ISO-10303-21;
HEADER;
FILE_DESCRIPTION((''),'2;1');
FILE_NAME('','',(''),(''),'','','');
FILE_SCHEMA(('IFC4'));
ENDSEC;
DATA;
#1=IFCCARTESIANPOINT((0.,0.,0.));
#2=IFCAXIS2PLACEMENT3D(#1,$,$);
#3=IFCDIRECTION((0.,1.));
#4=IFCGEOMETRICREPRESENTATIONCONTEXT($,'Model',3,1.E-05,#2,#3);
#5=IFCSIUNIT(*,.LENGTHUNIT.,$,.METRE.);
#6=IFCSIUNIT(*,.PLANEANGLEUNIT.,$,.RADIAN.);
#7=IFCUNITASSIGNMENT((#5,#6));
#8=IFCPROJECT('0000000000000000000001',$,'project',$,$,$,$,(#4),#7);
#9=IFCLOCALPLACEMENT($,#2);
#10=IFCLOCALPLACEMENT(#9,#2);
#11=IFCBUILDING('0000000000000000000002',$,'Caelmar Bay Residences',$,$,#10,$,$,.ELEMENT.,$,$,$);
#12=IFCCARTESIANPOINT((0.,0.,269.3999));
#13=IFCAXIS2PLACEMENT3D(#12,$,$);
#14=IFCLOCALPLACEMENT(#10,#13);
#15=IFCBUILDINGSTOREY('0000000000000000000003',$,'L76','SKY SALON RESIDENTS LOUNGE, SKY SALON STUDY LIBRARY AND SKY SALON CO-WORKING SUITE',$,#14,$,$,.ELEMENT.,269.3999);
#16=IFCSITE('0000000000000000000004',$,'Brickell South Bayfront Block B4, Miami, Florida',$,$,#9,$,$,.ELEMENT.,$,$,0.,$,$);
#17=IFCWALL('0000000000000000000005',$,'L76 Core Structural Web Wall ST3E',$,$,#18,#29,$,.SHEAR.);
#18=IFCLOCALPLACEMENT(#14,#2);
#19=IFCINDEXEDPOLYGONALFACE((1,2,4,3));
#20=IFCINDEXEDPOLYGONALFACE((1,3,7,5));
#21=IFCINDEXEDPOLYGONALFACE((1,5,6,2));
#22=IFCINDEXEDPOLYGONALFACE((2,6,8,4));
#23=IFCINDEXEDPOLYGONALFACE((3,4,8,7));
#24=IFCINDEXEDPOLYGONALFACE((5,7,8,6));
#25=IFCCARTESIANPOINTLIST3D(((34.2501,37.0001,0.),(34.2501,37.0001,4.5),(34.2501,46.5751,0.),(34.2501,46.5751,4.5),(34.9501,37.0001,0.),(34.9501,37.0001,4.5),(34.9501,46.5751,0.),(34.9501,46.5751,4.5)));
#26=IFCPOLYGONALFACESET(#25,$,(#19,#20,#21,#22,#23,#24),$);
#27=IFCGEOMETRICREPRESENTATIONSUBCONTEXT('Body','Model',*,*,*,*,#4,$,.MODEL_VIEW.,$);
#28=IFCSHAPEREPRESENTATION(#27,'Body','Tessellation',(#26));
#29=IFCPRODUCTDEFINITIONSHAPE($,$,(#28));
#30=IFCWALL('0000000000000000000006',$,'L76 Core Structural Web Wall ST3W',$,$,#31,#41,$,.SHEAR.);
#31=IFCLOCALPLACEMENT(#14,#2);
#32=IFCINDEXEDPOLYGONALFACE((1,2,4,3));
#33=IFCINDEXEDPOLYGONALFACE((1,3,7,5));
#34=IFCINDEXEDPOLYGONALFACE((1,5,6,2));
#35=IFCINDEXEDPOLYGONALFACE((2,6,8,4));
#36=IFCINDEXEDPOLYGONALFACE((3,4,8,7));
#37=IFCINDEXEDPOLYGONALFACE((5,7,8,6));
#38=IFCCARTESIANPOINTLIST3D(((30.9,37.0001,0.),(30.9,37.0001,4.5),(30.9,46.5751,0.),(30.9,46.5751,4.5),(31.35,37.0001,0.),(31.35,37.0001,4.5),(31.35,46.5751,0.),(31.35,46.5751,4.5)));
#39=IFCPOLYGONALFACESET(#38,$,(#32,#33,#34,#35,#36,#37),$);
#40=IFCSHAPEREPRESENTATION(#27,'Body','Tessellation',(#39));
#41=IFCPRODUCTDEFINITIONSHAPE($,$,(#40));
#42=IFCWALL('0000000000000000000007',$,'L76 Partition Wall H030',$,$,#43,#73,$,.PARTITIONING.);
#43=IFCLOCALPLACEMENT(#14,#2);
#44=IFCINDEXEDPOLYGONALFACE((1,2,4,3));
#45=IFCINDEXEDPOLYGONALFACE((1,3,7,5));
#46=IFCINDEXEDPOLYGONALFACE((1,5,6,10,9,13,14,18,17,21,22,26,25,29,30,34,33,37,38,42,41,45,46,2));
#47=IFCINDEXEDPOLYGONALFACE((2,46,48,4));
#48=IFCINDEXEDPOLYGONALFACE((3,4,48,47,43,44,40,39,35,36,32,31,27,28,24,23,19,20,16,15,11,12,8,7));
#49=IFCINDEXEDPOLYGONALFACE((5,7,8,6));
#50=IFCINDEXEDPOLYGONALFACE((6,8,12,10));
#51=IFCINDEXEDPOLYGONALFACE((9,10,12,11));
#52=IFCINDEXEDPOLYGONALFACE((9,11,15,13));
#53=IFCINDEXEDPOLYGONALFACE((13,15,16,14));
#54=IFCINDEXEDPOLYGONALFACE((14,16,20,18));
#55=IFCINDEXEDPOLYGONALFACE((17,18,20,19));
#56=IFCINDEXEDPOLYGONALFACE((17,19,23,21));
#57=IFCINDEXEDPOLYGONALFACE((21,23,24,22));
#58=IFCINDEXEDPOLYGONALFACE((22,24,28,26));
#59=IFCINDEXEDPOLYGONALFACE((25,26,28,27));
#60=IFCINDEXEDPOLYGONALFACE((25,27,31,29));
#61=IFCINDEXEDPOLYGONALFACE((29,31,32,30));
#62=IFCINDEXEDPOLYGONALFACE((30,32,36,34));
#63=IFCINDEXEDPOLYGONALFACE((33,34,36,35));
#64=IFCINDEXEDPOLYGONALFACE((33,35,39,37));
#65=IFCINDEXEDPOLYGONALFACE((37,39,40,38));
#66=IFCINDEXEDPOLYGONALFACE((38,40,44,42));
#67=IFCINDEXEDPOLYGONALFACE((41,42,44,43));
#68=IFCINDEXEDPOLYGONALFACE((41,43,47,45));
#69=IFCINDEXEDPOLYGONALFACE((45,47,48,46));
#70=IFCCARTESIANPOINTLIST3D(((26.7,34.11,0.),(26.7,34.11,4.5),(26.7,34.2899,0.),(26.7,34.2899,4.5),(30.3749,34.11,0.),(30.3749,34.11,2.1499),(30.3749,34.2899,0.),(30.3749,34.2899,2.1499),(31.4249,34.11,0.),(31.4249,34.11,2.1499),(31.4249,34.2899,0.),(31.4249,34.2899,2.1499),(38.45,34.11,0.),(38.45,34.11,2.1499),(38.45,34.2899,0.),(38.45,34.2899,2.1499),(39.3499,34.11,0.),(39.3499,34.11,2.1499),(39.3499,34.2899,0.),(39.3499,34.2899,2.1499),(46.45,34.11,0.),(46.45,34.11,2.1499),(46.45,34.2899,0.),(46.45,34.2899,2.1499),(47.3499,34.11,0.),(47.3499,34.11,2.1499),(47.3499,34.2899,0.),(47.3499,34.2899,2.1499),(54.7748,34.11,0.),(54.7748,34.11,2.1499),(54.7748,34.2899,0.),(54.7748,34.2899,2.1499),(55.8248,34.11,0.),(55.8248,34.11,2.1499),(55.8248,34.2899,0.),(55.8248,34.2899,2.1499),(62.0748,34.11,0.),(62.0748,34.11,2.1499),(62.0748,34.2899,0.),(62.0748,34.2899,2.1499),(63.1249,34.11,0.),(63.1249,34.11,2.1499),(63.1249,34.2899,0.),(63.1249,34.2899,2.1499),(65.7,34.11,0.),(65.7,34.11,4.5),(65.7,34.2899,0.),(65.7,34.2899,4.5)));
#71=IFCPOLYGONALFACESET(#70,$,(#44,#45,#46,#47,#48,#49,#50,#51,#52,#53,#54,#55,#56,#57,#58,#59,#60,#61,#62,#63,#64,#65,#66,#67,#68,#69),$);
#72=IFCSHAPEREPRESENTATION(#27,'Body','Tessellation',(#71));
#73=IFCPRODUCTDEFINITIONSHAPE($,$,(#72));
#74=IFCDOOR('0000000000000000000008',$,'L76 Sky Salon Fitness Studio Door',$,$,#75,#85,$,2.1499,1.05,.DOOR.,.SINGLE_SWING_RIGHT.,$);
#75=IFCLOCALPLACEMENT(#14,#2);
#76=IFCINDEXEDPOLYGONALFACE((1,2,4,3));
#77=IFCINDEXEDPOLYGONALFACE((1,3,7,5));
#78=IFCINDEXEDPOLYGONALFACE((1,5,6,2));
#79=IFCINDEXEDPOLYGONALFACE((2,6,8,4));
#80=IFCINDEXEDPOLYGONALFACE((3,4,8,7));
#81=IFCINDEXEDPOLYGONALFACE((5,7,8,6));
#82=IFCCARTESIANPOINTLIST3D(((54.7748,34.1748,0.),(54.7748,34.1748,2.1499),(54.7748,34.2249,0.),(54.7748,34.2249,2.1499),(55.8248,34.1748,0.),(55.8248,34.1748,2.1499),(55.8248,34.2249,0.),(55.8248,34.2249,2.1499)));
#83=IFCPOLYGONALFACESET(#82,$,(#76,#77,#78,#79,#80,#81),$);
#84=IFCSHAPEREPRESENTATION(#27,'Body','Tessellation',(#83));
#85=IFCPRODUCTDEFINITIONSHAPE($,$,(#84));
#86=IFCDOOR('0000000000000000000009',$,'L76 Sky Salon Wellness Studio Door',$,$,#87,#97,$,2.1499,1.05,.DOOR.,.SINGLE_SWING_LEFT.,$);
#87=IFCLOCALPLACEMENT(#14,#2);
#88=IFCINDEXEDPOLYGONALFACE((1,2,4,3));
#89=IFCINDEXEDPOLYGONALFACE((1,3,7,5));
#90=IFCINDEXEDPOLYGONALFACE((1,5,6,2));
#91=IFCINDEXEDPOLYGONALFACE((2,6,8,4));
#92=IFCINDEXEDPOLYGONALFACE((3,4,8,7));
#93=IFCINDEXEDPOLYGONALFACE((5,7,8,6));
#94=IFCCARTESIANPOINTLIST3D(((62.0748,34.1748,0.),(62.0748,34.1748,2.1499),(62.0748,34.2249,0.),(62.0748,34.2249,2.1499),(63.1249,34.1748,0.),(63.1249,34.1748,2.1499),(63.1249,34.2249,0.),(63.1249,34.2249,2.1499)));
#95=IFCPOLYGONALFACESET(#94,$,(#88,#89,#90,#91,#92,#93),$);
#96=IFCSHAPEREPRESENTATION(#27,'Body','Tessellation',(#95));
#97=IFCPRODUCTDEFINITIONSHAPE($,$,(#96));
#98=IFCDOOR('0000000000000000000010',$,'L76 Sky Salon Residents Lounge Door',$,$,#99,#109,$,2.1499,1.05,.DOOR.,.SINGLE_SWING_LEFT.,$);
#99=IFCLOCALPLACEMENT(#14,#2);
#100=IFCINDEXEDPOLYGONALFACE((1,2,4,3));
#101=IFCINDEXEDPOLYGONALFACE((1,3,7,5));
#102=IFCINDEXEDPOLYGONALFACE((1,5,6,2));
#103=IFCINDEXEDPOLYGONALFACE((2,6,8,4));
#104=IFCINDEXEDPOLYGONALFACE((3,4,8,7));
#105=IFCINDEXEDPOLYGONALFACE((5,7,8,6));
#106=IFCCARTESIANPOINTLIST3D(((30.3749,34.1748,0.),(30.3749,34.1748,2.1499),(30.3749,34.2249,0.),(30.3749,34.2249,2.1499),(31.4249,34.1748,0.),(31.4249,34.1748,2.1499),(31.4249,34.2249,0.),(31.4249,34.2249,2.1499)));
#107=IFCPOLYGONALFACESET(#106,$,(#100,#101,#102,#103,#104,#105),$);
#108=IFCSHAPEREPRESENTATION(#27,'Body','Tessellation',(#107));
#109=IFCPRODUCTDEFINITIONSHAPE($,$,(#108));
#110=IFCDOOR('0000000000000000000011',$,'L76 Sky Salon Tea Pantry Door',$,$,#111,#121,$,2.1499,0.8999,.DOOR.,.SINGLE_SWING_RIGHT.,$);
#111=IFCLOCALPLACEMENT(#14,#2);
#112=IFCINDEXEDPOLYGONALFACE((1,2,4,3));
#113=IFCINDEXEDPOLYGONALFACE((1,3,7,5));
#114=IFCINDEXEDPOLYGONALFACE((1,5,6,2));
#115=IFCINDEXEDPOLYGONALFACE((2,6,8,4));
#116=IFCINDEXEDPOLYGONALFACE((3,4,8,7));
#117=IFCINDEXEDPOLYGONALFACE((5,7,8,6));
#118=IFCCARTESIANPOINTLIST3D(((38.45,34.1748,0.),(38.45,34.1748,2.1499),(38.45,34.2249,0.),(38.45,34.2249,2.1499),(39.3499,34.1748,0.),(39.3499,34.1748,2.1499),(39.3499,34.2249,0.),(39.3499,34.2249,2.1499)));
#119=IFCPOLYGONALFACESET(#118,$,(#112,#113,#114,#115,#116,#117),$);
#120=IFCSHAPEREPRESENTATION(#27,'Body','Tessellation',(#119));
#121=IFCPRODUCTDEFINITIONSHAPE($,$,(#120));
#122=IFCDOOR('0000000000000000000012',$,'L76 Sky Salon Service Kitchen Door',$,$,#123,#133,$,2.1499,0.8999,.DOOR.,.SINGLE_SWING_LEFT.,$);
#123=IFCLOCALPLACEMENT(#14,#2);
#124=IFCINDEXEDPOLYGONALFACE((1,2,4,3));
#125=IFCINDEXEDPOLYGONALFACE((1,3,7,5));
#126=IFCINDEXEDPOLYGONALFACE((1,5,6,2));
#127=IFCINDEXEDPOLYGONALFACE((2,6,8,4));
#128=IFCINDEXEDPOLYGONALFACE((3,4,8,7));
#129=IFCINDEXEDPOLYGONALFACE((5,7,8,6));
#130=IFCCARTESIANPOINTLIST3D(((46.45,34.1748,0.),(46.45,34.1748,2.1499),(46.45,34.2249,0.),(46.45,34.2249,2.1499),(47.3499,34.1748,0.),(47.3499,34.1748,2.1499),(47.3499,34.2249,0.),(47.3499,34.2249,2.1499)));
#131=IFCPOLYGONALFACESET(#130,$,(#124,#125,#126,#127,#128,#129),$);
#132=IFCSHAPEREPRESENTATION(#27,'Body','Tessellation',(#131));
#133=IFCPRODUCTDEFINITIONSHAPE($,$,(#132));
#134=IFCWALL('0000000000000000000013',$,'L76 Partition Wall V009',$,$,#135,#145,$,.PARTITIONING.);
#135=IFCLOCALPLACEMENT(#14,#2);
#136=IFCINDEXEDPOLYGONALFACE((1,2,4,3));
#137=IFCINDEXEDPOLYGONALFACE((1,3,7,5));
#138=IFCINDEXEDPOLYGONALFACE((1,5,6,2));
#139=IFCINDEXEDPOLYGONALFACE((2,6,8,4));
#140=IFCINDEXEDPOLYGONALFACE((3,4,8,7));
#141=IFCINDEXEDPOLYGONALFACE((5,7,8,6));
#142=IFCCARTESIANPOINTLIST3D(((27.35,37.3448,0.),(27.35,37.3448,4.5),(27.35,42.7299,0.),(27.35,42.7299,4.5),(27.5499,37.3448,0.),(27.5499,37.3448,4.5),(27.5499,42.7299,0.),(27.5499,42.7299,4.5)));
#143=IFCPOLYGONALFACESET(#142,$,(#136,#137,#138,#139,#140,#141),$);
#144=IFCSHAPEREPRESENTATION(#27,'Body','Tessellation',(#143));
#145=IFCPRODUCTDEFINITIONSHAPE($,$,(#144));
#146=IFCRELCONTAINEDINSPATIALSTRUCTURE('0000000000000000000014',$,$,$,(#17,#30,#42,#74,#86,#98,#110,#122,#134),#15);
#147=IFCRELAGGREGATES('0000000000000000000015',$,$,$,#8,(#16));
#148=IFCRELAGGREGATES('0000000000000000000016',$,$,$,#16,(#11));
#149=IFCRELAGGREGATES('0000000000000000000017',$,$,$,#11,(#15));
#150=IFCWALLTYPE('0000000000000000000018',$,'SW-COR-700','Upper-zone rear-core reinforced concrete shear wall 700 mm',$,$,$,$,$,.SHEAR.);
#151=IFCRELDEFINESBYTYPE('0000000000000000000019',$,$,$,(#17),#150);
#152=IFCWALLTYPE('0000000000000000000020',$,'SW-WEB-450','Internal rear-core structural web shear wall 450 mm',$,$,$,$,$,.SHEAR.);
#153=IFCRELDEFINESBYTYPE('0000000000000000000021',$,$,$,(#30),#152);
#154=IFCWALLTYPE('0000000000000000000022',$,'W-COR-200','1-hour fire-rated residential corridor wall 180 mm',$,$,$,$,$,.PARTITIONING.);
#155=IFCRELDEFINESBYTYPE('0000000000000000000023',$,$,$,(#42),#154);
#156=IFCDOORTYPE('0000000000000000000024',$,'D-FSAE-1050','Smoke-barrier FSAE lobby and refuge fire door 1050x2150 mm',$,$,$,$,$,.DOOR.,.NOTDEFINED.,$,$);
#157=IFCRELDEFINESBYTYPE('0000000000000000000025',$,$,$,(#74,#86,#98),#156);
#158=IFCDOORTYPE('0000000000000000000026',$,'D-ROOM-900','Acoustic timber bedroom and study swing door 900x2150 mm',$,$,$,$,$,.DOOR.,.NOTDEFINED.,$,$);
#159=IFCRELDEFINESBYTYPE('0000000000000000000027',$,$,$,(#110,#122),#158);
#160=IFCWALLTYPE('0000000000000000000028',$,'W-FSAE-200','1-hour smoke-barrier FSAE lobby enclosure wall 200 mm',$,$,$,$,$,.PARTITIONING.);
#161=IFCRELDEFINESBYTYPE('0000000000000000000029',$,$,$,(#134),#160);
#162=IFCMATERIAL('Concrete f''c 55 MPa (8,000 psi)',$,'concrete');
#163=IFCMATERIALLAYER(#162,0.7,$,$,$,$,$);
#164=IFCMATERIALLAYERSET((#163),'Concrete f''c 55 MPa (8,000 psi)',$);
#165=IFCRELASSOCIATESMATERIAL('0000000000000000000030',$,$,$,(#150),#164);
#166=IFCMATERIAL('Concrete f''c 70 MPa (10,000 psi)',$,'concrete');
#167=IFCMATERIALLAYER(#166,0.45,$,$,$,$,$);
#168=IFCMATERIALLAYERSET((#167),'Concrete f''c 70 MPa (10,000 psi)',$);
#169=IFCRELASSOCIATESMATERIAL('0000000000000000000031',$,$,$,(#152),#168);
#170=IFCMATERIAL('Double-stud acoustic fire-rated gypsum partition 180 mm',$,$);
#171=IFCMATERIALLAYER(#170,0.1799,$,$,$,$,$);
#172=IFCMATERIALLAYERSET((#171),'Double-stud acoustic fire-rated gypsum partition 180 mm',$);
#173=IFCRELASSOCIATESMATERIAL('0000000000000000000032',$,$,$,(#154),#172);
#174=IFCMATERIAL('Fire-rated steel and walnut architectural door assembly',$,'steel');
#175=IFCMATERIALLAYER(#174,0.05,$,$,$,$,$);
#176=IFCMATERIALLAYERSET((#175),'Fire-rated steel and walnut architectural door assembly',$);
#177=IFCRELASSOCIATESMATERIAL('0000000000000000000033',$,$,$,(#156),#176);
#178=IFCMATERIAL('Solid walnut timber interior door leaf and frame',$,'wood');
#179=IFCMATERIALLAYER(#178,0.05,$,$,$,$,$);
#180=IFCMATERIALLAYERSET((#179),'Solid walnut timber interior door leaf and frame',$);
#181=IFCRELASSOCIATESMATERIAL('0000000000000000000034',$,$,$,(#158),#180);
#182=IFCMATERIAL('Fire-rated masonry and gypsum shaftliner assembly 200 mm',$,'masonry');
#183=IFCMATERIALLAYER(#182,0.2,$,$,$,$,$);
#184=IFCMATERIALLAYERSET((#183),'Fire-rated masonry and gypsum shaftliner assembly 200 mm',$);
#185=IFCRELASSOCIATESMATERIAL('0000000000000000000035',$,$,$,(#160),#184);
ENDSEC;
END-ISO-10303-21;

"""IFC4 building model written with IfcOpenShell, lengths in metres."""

from ifc_helpers import new_model, si_unit, direction, frame, frame_2d, origin, place, context, subcontext, project, spatial, rectangle, extrude, material, layer, layer_set, type_object, element, fill, save


model = new_model("IFC4")

# Units and contexts
model_context = context("Model", 3, precision=1e-05, world=origin(), true_north=direction((0.0, 1.0)))
body_context = subcontext(model_context, "Body", "Model", "MODEL_VIEW")
ifc_project = project(units=[si_unit("LENGTHUNIT", "METRE"), si_unit("PLANEANGLEUNIT", "RADIAN")], contexts=[model_context])

# Site, building, storey
site_placement = place(None, origin())
site = spatial("IfcSite", under=ifc_project, at=site_placement, Name="Brickell South Bayfront Block B4, Miami, Florida", CompositionType="ELEMENT", RefElevation=0.0)
building_placement = place(site_placement, origin())
building = spatial("IfcBuilding", under=site, at=building_placement, Name="Caelmar Bay Residences", CompositionType="ELEMENT")
storey_placement = place(building_placement, frame((0.0, 0.0, 269.3999)))
storey = spatial("IfcBuildingStorey", under=building, at=storey_placement, Name="L76", Description="SKY SALON RESIDENTS LOUNGE, SKY SALON STUDY LIBRARY AND SKY SALON CO-WORKING SUITE", CompositionType="ELEMENT", Elevation=269.3999)

# Walls
ifc_material_1 = material(Name="Concrete f'c 55 MPa (8,000 psi)", Category="concrete")
ifc_layer_1 = layer(ifc_material_1, 0.7)
ifc_layer_set_1 = layer_set([ifc_layer_1], Name="Concrete f'c 55 MPa (8,000 psi)")
wall_type_1 = type_object("IfcWallType", Name="SW-COR-700", Description="Upper-zone rear-core reinforced concrete shear wall 700 mm", PredefinedType="SHEAR", material=ifc_layer_set_1)
wall_1_placement = place(storey_placement, frame((34.6001, 37.0, 0.0), z_axis=(0.0, 0.0, 1.0), x_axis=(0.0, 1.0, 0.0)))
element("IfcWall", 1, at=wall_1_placement, inside=storey, type_object=wall_type_1, Name="L76 Core Structural Web Wall ST3E", PredefinedType="SHEAR", context=body_context, shape_type="SweptSolid", body=[
    extrude(rectangle(XDim=9.575, YDim=0.7, at=frame_2d((4.7876, 0.0))), origin(), (0.0, 0.0, 1.0), 4.5),
])
ifc_material_2 = material(Name="Concrete f'c 70 MPa (10,000 psi)", Category="concrete")
ifc_layer_2 = layer(ifc_material_2, 0.45)
ifc_layer_set_2 = layer_set([ifc_layer_2], Name="Concrete f'c 70 MPa (10,000 psi)")
wall_type_2 = type_object("IfcWallType", Name="SW-WEB-450", Description="Internal rear-core structural web shear wall 450 mm", PredefinedType="SHEAR", material=ifc_layer_set_2)
wall_2_placement = place(storey_placement, frame((31.125, 37.0, 0.0), z_axis=(0.0, 0.0, 1.0), x_axis=(0.0, 1.0, 0.0)))
element("IfcWall", 2, at=wall_2_placement, inside=storey, type_object=wall_type_2, Name="L76 Core Structural Web Wall ST3W", PredefinedType="SHEAR", context=body_context, shape_type="SweptSolid", body=[
    extrude(rectangle(XDim=9.575, YDim=0.45, at=frame_2d((4.7876, 0.0))), origin(), (0.0, 0.0, 1.0), 4.5),
])

# Wall, openings, doors
ifc_material_3 = material(Name="Double-stud acoustic fire-rated gypsum partition 180 mm")
ifc_layer_3 = layer(ifc_material_3, 0.1799)
ifc_layer_set_3 = layer_set([ifc_layer_3], Name="Double-stud acoustic fire-rated gypsum partition 180 mm")
wall_type_3 = type_object("IfcWallType", Name="W-COR-200", Description="1-hour fire-rated residential corridor wall 180 mm", PredefinedType="PARTITIONING", material=ifc_layer_set_3)
wall_3_placement = place(storey_placement, frame((26.7, 34.2, 0.0), z_axis=(0.0, 0.0, 1.0), x_axis=(1.0, 0.0, 0.0)))
wall_3 = element("IfcWall", 3, at=wall_3_placement, inside=storey, type_object=wall_type_3, Name="L76 Partition Wall H030", PredefinedType="PARTITIONING", context=body_context, shape_type="SweptSolid", body=[
    extrude(rectangle(XDim=39.0, YDim=0.1799, at=frame_2d((19.5, 0.0))), origin(), (0.0, 0.0, 1.0), 4.5),
])
opening_1_placement = place(wall_3_placement, frame((28.075, 0.0, 0.0)))
opening_1 = element("IfcOpeningElement", 4, at=opening_1_placement, cuts=wall_3, PredefinedType="OPENING", context=body_context, shape_type="SweptSolid", body=[
    extrude(rectangle(XDim=1.05, YDim=2.1499, at=frame_2d((0.5249, 1.075))), frame((0.0, 0.0999, 0.0), z_axis=(0.0, -1.0, 0.0), x_axis=(1.0, 0.0, 0.0)), (0.0, 0.0, 1.0), 0.2),
])
opening_2_placement = place(wall_3_placement, frame((35.375, 0.0, 0.0)))
opening_2 = element("IfcOpeningElement", 5, at=opening_2_placement, cuts=wall_3, PredefinedType="OPENING", context=body_context, shape_type="SweptSolid", body=[
    extrude(rectangle(XDim=1.05, YDim=2.1499, at=frame_2d((0.5249, 1.075))), frame((0.0, 0.0999, 0.0), z_axis=(0.0, -1.0, 0.0), x_axis=(1.0, 0.0, 0.0)), (0.0, 0.0, 1.0), 0.2),
])
opening_3_placement = place(wall_3_placement, frame((3.675, 0.0, 0.0)))
opening_3 = element("IfcOpeningElement", 6, at=opening_3_placement, cuts=wall_3, PredefinedType="OPENING", context=body_context, shape_type="SweptSolid", body=[
    extrude(rectangle(XDim=1.05, YDim=2.1499, at=frame_2d((0.5249, 1.075))), frame((0.0, 0.0999, 0.0), z_axis=(0.0, -1.0, 0.0), x_axis=(1.0, 0.0, 0.0)), (0.0, 0.0, 1.0), 0.2),
])
opening_4_placement = place(wall_3_placement, frame((11.75, 0.0, 0.0)))
opening_4 = element("IfcOpeningElement", 7, at=opening_4_placement, cuts=wall_3, PredefinedType="OPENING", context=body_context, shape_type="SweptSolid", body=[
    extrude(rectangle(XDim=0.8999, YDim=2.1499, at=frame_2d((0.45, 1.075))), frame((0.0, 0.0999, 0.0), z_axis=(0.0, -1.0, 0.0), x_axis=(1.0, 0.0, 0.0)), (0.0, 0.0, 1.0), 0.2),
])
opening_5_placement = place(wall_3_placement, frame((19.75, 0.0, 0.0)))
opening_5 = element("IfcOpeningElement", 8, at=opening_5_placement, cuts=wall_3, PredefinedType="OPENING", context=body_context, shape_type="SweptSolid", body=[
    extrude(rectangle(XDim=0.8999, YDim=2.1499, at=frame_2d((0.45, 1.075))), frame((0.0, 0.0999, 0.0), z_axis=(0.0, -1.0, 0.0), x_axis=(1.0, 0.0, 0.0)), (0.0, 0.0, 1.0), 0.2),
])
ifc_material_4 = material(Name="Fire-rated steel and walnut architectural door assembly", Category="steel")
ifc_layer_4 = layer(ifc_material_4, 0.05)
ifc_layer_set_4 = layer_set([ifc_layer_4], Name="Fire-rated steel and walnut architectural door assembly")
door_type_1 = type_object("IfcDoorType", Name="D-FSAE-1050", Description="Smoke-barrier FSAE lobby and refuge fire door 1050x2150 mm", OperationType="NOTDEFINED", PredefinedType="DOOR", material=ifc_layer_set_4)
door_1_placement = place(opening_1_placement, origin())
door_1 = element("IfcDoor", 9, at=door_1_placement, inside=storey, type_object=door_type_1, Name="L76 Sky Salon Fitness Studio Door", OperationType="SINGLE_SWING_RIGHT", OverallHeight=2.1499, OverallWidth=1.05, PredefinedType="DOOR", context=body_context, shape_type="SweptSolid", body=[
    extrude(rectangle(XDim=1.05, YDim=2.1499, at=frame_2d((0.5249, 1.075))), frame((0.0, 0.0249, 0.0), z_axis=(0.0, -1.0, 0.0), x_axis=(1.0, 0.0, 0.0)), (0.0, 0.0, 1.0), 0.05),
])
fill(opening_1, door_1)
door_2_placement = place(opening_2_placement, origin())
door_2 = element("IfcDoor", 10, at=door_2_placement, inside=storey, type_object=door_type_1, Name="L76 Sky Salon Wellness Studio Door", OperationType="SINGLE_SWING_LEFT", OverallHeight=2.1499, OverallWidth=1.05, PredefinedType="DOOR", context=body_context, shape_type="SweptSolid", body=[
    extrude(rectangle(XDim=1.05, YDim=2.1499, at=frame_2d((0.5249, 1.075))), frame((0.0, 0.0249, 0.0), z_axis=(0.0, -1.0, 0.0), x_axis=(1.0, 0.0, 0.0)), (0.0, 0.0, 1.0), 0.05),
])
fill(opening_2, door_2)
door_3_placement = place(opening_3_placement, origin())
door_3 = element("IfcDoor", 11, at=door_3_placement, inside=storey, type_object=door_type_1, Name="L76 Sky Salon Residents Lounge Door", OperationType="SINGLE_SWING_LEFT", OverallHeight=2.1499, OverallWidth=1.05, PredefinedType="DOOR", context=body_context, shape_type="SweptSolid", body=[
    extrude(rectangle(XDim=1.05, YDim=2.1499, at=frame_2d((0.5249, 1.075))), frame((0.0, 0.0249, 0.0), z_axis=(0.0, -1.0, 0.0), x_axis=(1.0, 0.0, 0.0)), (0.0, 0.0, 1.0), 0.05),
])
fill(opening_3, door_3)
ifc_material_5 = material(Name="Solid walnut timber interior door leaf and frame", Category="wood")
ifc_layer_5 = layer(ifc_material_5, 0.05)
ifc_layer_set_5 = layer_set([ifc_layer_5], Name="Solid walnut timber interior door leaf and frame")
door_type_2 = type_object("IfcDoorType", Name="D-ROOM-900", Description="Acoustic timber bedroom and study swing door 900x2150 mm", OperationType="NOTDEFINED", PredefinedType="DOOR", material=ifc_layer_set_5)
door_4_placement = place(opening_4_placement, origin())
door_4 = element("IfcDoor", 12, at=door_4_placement, inside=storey, type_object=door_type_2, Name="L76 Sky Salon Tea Pantry Door", OperationType="SINGLE_SWING_RIGHT", OverallHeight=2.1499, OverallWidth=0.8999, PredefinedType="DOOR", context=body_context, shape_type="SweptSolid", body=[
    extrude(rectangle(XDim=0.8999, YDim=2.1499, at=frame_2d((0.45, 1.075))), frame((0.0, 0.0249, 0.0), z_axis=(0.0, -1.0, 0.0), x_axis=(1.0, 0.0, 0.0)), (0.0, 0.0, 1.0), 0.05),
])
fill(opening_4, door_4)
door_5_placement = place(opening_5_placement, origin())
door_5 = element("IfcDoor", 13, at=door_5_placement, inside=storey, type_object=door_type_2, Name="L76 Sky Salon Service Kitchen Door", OperationType="SINGLE_SWING_LEFT", OverallHeight=2.1499, OverallWidth=0.8999, PredefinedType="DOOR", context=body_context, shape_type="SweptSolid", body=[
    extrude(rectangle(XDim=0.8999, YDim=2.1499, at=frame_2d((0.45, 1.075))), frame((0.0, 0.0249, 0.0), z_axis=(0.0, -1.0, 0.0), x_axis=(1.0, 0.0, 0.0)), (0.0, 0.0, 1.0), 0.05),
])
fill(opening_5, door_5)

# Wall
ifc_material_6 = material(Name="Fire-rated masonry and gypsum shaftliner assembly 200 mm", Category="masonry")
ifc_layer_6 = layer(ifc_material_6, 0.2)
ifc_layer_set_6 = layer_set([ifc_layer_6], Name="Fire-rated masonry and gypsum shaftliner assembly 200 mm")
wall_type_4 = type_object("IfcWallType", Name="W-FSAE-200", Description="1-hour smoke-barrier FSAE lobby enclosure wall 200 mm", PredefinedType="PARTITIONING", material=ifc_layer_set_6)
wall_4_placement = place(storey_placement, frame((27.45, 37.345, 0.0), z_axis=(0.0, 0.0, 1.0), x_axis=(0.0, 1.0, 0.0)))
element("IfcWall", 14, at=wall_4_placement, inside=storey, type_object=wall_type_4, Name="L76 Partition Wall V009", PredefinedType="PARTITIONING", context=body_context, shape_type="SweptSolid", body=[
    extrude(rectangle(XDim=5.385, YDim=0.2, at=frame_2d((2.6924, 0.0))), origin(), (0.0, 0.0, 1.0), 4.5),
])

save(model, "model.ifc")
